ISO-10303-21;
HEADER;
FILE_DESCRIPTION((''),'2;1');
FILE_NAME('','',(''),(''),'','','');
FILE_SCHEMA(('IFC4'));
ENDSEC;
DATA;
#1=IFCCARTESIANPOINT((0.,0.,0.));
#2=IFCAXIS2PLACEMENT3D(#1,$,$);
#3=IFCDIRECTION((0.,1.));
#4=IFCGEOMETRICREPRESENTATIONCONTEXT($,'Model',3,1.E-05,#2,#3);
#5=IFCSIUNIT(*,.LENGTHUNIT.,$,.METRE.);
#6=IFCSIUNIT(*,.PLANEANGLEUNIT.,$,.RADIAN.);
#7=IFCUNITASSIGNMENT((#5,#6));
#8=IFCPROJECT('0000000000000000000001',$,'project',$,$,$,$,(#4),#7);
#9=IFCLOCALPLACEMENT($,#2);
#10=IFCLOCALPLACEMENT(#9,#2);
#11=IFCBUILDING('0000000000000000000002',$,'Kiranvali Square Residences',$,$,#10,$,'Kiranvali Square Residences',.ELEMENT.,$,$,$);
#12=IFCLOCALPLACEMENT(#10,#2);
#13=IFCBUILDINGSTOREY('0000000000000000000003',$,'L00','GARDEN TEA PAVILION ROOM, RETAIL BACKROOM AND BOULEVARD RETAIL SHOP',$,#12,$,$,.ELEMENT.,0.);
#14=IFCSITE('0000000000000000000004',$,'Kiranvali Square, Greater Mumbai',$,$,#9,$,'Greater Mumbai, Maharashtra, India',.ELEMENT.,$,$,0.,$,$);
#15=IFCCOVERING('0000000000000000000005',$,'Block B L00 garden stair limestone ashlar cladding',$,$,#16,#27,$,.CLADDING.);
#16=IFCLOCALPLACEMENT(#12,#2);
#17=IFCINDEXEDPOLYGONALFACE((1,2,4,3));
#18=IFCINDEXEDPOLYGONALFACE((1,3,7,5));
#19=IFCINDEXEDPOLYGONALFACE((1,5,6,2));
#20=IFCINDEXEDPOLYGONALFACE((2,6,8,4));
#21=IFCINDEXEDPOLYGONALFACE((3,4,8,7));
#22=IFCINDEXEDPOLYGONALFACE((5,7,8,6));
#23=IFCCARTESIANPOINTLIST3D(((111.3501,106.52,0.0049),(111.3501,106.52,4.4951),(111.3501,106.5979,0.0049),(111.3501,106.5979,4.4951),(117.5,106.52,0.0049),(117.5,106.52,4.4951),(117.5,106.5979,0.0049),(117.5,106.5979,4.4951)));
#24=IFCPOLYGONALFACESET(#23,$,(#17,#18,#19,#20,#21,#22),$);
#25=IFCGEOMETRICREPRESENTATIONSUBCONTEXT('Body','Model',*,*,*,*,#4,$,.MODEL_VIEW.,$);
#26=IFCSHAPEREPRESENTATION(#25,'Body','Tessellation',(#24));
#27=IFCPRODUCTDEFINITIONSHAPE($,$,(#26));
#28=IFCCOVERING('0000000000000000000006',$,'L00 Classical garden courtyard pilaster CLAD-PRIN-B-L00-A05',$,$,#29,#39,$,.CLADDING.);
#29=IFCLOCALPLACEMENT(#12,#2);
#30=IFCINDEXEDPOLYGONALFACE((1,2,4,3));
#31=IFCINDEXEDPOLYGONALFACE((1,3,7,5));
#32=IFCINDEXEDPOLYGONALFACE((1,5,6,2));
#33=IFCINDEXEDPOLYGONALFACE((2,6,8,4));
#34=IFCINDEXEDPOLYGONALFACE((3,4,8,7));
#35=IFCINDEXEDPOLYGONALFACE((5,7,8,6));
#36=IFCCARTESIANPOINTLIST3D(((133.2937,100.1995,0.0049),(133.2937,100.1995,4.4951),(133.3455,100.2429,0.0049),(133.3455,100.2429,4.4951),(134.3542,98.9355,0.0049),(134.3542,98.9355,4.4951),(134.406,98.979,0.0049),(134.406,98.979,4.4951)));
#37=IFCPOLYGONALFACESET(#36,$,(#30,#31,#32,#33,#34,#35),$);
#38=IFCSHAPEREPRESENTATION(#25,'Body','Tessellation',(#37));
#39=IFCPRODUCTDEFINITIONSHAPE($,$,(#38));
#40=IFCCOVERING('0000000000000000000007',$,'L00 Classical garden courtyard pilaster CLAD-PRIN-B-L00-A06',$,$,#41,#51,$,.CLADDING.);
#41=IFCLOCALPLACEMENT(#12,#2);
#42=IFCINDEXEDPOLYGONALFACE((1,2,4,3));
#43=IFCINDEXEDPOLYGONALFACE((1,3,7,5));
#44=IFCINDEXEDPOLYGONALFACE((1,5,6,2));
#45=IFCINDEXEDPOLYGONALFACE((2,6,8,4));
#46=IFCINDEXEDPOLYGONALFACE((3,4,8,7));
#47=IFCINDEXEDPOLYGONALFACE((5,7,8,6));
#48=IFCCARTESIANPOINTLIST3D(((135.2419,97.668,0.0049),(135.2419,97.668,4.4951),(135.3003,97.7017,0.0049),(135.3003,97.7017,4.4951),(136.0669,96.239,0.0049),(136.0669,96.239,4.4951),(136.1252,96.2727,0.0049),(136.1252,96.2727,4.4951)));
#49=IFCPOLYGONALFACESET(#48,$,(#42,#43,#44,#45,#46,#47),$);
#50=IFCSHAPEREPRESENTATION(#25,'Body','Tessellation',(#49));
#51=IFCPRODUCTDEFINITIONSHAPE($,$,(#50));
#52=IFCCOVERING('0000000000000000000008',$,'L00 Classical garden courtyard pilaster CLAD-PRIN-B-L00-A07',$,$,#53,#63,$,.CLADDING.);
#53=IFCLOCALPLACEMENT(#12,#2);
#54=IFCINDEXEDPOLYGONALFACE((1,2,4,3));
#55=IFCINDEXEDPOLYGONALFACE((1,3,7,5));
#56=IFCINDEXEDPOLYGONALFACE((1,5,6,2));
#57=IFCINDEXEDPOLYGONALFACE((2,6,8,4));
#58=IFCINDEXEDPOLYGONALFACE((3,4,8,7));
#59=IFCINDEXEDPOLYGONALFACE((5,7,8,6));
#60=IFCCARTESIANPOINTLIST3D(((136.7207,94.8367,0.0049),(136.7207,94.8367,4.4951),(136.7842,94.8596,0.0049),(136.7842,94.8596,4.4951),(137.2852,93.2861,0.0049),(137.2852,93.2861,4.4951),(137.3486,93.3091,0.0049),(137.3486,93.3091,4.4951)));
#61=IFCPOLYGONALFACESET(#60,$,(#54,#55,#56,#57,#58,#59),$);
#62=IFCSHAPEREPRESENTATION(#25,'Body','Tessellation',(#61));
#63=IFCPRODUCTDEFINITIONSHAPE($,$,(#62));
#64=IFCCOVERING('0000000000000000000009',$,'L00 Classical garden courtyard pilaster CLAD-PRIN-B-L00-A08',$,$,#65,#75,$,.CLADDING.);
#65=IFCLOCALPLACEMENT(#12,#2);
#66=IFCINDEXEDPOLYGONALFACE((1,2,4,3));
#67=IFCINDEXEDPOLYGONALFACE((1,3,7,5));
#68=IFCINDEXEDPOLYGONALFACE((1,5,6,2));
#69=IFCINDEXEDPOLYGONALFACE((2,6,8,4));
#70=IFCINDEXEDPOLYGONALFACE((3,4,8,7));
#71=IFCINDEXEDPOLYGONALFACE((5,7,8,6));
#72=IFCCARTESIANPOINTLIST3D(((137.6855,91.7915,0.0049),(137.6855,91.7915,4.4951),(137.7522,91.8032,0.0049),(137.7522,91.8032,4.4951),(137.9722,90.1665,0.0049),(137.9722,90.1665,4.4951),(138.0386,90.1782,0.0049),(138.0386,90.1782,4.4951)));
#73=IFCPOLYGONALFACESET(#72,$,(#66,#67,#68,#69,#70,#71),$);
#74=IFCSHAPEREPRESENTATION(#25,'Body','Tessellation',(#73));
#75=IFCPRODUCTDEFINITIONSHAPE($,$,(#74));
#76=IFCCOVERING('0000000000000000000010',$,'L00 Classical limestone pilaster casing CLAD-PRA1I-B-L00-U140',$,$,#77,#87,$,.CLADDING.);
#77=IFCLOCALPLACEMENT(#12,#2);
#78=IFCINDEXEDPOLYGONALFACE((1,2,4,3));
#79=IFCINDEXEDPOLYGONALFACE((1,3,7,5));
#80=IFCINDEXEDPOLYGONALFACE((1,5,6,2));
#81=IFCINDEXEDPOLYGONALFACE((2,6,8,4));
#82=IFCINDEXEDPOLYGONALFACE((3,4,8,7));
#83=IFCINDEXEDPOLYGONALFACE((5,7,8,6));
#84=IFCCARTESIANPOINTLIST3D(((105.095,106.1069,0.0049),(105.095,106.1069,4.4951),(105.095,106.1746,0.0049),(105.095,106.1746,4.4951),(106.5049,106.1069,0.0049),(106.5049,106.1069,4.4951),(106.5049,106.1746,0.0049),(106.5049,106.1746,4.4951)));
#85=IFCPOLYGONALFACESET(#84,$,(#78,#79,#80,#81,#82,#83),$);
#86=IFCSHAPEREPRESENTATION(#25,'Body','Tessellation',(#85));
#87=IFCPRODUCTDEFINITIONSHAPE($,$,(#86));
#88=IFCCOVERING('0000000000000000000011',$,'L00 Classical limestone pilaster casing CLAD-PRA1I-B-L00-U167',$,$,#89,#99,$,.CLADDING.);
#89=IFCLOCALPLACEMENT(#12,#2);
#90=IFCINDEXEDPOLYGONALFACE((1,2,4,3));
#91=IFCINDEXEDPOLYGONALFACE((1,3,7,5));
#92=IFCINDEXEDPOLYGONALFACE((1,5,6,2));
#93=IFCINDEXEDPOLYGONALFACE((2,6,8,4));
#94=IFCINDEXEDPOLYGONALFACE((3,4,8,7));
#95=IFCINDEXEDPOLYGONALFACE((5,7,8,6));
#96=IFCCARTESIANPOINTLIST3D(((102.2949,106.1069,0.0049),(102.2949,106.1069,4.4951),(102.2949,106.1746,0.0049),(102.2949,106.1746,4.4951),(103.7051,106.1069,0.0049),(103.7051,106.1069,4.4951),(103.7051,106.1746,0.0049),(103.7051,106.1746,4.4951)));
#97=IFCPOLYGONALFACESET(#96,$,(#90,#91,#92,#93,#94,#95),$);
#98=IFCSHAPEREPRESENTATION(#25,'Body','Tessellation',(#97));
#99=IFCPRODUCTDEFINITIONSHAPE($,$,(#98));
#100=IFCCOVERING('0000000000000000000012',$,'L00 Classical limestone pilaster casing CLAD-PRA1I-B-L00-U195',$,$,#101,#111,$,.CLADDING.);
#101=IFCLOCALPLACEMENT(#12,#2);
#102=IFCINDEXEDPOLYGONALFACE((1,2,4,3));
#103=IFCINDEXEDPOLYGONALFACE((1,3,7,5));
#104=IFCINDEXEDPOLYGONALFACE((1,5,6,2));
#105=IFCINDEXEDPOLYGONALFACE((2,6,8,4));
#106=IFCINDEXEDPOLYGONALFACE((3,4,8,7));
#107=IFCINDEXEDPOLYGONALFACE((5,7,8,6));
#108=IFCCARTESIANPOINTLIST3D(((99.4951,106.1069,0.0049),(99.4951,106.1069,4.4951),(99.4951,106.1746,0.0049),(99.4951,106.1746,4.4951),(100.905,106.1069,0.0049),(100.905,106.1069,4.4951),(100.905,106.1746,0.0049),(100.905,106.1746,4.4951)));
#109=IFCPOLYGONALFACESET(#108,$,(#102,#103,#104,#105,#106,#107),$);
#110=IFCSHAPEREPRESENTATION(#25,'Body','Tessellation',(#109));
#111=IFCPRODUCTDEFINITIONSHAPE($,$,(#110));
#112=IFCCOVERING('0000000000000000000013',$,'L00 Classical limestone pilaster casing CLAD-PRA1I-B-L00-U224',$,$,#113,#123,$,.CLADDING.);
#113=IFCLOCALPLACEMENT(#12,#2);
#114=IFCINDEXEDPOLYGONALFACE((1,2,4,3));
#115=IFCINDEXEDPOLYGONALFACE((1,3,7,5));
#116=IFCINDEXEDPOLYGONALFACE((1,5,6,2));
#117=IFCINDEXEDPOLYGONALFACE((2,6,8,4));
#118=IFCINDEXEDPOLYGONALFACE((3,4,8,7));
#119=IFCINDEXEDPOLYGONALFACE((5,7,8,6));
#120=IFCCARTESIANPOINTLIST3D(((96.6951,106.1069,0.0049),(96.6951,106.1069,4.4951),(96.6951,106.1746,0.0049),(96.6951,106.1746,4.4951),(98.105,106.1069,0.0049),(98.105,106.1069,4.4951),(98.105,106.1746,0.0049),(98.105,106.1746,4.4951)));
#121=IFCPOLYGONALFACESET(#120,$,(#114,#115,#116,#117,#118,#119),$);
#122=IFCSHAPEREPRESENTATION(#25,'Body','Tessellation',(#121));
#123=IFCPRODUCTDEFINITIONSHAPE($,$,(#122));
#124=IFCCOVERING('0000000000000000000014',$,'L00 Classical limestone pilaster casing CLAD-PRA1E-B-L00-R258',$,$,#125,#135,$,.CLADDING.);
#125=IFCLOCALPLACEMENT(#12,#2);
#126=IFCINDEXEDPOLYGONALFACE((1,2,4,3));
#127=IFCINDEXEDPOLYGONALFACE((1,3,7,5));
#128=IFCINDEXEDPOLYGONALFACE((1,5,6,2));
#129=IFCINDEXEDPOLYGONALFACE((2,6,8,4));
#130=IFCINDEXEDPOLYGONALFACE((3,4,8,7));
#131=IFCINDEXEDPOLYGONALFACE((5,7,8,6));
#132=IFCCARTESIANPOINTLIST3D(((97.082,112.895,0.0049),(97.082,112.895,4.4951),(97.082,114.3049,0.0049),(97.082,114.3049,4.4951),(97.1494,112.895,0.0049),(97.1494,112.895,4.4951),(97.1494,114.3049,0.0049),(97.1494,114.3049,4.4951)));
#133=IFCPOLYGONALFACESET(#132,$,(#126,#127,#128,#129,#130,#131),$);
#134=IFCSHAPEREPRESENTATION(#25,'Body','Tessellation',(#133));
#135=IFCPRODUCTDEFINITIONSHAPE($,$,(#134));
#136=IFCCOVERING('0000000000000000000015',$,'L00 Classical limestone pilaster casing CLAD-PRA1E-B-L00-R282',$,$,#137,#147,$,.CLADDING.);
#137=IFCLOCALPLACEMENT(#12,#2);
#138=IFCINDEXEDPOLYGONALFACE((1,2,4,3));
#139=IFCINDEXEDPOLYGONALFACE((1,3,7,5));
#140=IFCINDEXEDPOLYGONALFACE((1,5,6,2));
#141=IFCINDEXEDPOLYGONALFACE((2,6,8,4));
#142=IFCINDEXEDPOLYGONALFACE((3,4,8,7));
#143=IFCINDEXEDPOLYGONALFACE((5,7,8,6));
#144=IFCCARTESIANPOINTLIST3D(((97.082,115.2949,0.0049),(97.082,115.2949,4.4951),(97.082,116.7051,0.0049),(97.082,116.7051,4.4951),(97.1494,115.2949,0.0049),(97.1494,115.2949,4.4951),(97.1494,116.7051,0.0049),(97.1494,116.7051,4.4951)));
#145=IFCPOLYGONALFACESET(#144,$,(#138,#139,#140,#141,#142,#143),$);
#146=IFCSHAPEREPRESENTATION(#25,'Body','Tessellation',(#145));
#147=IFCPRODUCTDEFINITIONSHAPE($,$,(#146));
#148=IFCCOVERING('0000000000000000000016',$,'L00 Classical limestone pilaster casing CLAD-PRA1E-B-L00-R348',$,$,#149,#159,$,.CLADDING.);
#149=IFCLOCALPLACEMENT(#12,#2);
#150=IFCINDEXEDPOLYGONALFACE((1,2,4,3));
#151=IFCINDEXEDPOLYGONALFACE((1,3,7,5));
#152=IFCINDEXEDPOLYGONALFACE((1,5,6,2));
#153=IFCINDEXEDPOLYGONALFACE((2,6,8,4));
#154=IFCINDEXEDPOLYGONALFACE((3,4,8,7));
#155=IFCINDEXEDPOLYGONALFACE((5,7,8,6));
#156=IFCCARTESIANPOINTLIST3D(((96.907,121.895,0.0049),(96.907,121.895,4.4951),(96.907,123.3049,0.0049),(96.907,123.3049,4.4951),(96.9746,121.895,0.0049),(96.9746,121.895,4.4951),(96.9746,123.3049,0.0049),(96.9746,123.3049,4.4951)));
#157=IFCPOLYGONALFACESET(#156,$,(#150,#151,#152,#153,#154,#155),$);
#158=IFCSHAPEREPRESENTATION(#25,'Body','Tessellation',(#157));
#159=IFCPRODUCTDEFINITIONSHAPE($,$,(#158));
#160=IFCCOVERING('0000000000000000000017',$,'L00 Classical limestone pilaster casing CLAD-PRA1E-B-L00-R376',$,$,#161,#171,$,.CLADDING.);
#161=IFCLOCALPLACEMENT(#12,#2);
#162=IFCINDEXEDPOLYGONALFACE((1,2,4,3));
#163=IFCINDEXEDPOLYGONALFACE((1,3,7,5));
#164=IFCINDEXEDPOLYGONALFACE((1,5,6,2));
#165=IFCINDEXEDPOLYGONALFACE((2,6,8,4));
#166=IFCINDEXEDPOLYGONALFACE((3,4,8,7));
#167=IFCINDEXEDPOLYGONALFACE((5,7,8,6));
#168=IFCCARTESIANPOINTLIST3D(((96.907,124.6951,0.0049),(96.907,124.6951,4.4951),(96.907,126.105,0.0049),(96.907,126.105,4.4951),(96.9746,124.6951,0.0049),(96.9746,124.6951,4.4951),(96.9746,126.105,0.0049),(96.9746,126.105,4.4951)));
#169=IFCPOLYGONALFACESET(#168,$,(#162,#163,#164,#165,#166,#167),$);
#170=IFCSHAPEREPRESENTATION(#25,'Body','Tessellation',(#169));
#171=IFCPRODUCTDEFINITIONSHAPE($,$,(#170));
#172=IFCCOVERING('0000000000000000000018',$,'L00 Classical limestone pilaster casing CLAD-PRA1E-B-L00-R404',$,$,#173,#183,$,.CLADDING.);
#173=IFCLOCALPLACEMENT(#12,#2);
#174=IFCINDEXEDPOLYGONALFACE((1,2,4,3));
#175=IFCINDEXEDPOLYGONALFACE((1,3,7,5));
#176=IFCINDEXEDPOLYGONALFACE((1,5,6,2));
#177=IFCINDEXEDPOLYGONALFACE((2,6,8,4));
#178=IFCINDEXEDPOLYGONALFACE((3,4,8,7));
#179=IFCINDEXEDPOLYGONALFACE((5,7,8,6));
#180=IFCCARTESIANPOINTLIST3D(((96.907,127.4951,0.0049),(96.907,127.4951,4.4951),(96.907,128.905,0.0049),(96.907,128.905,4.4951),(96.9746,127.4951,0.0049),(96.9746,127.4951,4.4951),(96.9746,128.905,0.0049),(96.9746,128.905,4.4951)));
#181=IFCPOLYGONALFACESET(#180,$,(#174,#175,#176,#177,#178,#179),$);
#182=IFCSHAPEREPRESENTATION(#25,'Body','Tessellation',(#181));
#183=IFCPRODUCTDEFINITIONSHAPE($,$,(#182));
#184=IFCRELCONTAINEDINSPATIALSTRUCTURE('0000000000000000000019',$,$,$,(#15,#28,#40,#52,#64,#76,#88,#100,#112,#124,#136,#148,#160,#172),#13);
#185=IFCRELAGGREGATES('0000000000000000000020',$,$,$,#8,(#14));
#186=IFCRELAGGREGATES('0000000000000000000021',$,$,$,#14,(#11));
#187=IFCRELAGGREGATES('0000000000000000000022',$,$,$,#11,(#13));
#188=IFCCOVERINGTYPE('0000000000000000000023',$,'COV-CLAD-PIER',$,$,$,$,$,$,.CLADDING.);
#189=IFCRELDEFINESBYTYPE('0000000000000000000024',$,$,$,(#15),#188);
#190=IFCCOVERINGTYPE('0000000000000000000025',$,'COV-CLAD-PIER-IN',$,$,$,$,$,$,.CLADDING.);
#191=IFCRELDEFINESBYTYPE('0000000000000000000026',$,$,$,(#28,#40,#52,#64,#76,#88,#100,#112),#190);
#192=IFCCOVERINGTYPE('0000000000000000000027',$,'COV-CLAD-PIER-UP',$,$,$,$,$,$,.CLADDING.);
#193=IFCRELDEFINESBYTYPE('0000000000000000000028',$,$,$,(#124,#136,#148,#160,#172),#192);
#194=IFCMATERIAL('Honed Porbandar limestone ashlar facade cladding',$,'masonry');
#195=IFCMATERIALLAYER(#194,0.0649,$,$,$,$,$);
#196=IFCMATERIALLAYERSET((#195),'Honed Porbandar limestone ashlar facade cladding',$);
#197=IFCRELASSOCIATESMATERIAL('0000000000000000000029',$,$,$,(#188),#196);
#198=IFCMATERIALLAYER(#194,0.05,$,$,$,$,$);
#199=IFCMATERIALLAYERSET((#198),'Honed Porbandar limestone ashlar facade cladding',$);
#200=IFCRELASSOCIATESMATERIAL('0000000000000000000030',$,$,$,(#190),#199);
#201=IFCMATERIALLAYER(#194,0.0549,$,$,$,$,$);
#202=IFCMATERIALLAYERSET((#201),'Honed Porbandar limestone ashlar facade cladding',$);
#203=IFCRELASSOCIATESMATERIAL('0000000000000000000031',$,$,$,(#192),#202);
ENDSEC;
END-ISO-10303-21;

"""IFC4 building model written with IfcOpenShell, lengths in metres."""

from ifc_helpers import new_model, si_unit, direction, frame, origin, place, context, subcontext, project, spatial, polyline, outline, extrude, material, layer, layer_set, type_object, element, save


model = new_model("IFC4")

# Units and contexts
model_context = context("Model", 3, precision=1e-05, world=origin(), true_north=direction((0.0, 1.0)))
body_context = subcontext(model_context, "Body", "Model", "MODEL_VIEW")
ifc_project = project(units=[si_unit("LENGTHUNIT", "METRE"), si_unit("PLANEANGLEUNIT", "RADIAN")], contexts=[model_context])

# Site, building, storey
site_placement = place(None, origin())
site = spatial("IfcSite", under=ifc_project, at=site_placement, Name="Kiranvali Square, Greater Mumbai", LongName="Greater Mumbai, Maharashtra, India", CompositionType="ELEMENT", RefElevation=0.0)
building_placement = place(site_placement, origin())
building = spatial("IfcBuilding", under=site, at=building_placement, Name="Kiranvali Square Residences", LongName="Kiranvali Square Residences", CompositionType="ELEMENT")
storey_placement = place(building_placement, origin())
storey = spatial("IfcBuildingStorey", under=building, at=storey_placement, Name="L00", Description="GARDEN TEA PAVILION ROOM, RETAIL BACKROOM AND BOULEVARD RETAIL SHOP", CompositionType="ELEMENT", Elevation=0.0)

# Coverings
ifc_material_1 = material(Name="Honed Porbandar limestone ashlar facade cladding", Category="masonry")
ifc_layer_1 = layer(ifc_material_1, 0.0649)
ifc_layer_set_1 = layer_set([ifc_layer_1], Name="Honed Porbandar limestone ashlar facade cladding")
covering_type_1 = type_object("IfcCoveringType", Name="COV-CLAD-PIER", PredefinedType="CLADDING", material=ifc_layer_set_1)
covering_1_placement = place(storey_placement, frame((0.0, 0.0, 0.0049)))
element("IfcCovering", 1, at=covering_1_placement, inside=storey, type_object=covering_type_1, Name="Block B L00 garden stair limestone ashlar cladding", PredefinedType="CLADDING", context=body_context, shape_type="SweptSolid", body=[
    extrude(outline(polyline([(117.5, 106.5979), (111.3501, 106.5979), (111.3501, 106.52), (117.5, 106.52), (117.5, 106.5979)])), origin(), (0.0, 0.0, 1.0), 4.4902),
])
ifc_layer_2 = layer(ifc_material_1, 0.05)
ifc_layer_set_2 = layer_set([ifc_layer_2], Name="Honed Porbandar limestone ashlar facade cladding")
covering_type_2 = type_object("IfcCoveringType", Name="COV-CLAD-PIER-IN", PredefinedType="CLADDING", material=ifc_layer_set_2)
covering_2_placement = place(storey_placement, frame((0.0, 0.0, 0.0049)))
element("IfcCovering", 2, at=covering_2_placement, inside=storey, type_object=covering_type_2, Name="L00 Classical garden courtyard pilaster CLAD-PRIN-B-L00-A05", PredefinedType="CLADDING", context=body_context, shape_type="SweptSolid", body=[
    extrude(outline(polyline([(133.2937, 100.1995), (134.3542, 98.9355), (134.406, 98.979), (133.3455, 100.2429), (133.2937, 100.1995)])), origin(), (0.0, 0.0, 1.0), 4.4902),
])
covering_3_placement = place(storey_placement, frame((0.0, 0.0, 0.0049)))
element("IfcCovering", 3, at=covering_3_placement, inside=storey, type_object=covering_type_2, Name="L00 Classical garden courtyard pilaster CLAD-PRIN-B-L00-A06", PredefinedType="CLADDING", context=body_context, shape_type="SweptSolid", body=[
    extrude(outline(polyline([(135.2419, 97.668), (136.0669, 96.239), (136.1252, 96.2727), (135.3003, 97.7017), (135.2419, 97.668)])), origin(), (0.0, 0.0, 1.0), 4.4902),
])
covering_4_placement = place(storey_placement, frame((0.0, 0.0, 0.0049)))
element("IfcCovering", 4, at=covering_4_placement, inside=storey, type_object=covering_type_2, Name="L00 Classical garden courtyard pilaster CLAD-PRIN-B-L00-A07", PredefinedType="CLADDING", context=body_context, shape_type="SweptSolid", body=[
    extrude(outline(polyline([(136.7207, 94.8367), (137.2852, 93.2861), (137.3486, 93.3091), (136.7842, 94.8596), (136.7207, 94.8367)])), origin(), (0.0, 0.0, 1.0), 4.4902),
])
covering_5_placement = place(storey_placement, frame((0.0, 0.0, 0.0049)))
element("IfcCovering", 5, at=covering_5_placement, inside=storey, type_object=covering_type_2, Name="L00 Classical garden courtyard pilaster CLAD-PRIN-B-L00-A08", PredefinedType="CLADDING", context=body_context, shape_type="SweptSolid", body=[
    extrude(outline(polyline([(137.6855, 91.7915), (137.9722, 90.1665), (138.0386, 90.1782), (137.7522, 91.8032), (137.6855, 91.7915)])), origin(), (0.0, 0.0, 1.0), 4.4902),
])
covering_6_placement = place(storey_placement, frame((0.0, 0.0, 0.0049)))
element("IfcCovering", 6, at=covering_6_placement, inside=storey, type_object=covering_type_2, Name="L00 Classical limestone pilaster casing CLAD-PRA1I-B-L00-U140", PredefinedType="CLADDING", context=body_context, shape_type="SweptSolid", body=[
    extrude(outline(polyline([(106.5049, 106.1746), (105.095, 106.1746), (105.095, 106.1069), (106.5049, 106.1069), (106.5049, 106.1746)])), origin(), (0.0, 0.0, 1.0), 4.4902),
])
covering_7_placement = place(storey_placement, frame((0.0, 0.0, 0.0049)))
element("IfcCovering", 7, at=covering_7_placement, inside=storey, type_object=covering_type_2, Name="L00 Classical limestone pilaster casing CLAD-PRA1I-B-L00-U167", PredefinedType="CLADDING", context=body_context, shape_type="SweptSolid", body=[
    extrude(outline(polyline([(103.7051, 106.1746), (102.2949, 106.1746), (102.2949, 106.1069), (103.7051, 106.1069), (103.7051, 106.1746)])), origin(), (0.0, 0.0, 1.0), 4.4902),
])
covering_8_placement = place(storey_placement, frame((0.0, 0.0, 0.0049)))
element("IfcCovering", 8, at=covering_8_placement, inside=storey, type_object=covering_type_2, Name="L00 Classical limestone pilaster casing CLAD-PRA1I-B-L00-U195", PredefinedType="CLADDING", context=body_context, shape_type="SweptSolid", body=[
    extrude(outline(polyline([(100.905, 106.1746), (99.4951, 106.1746), (99.4951, 106.1069), (100.905, 106.1069), (100.905, 106.1746)])), origin(), (0.0, 0.0, 1.0), 4.4902),
])
covering_9_placement = place(storey_placement, frame((0.0, 0.0, 0.0049)))
element("IfcCovering", 9, at=covering_9_placement, inside=storey, type_object=covering_type_2, Name="L00 Classical limestone pilaster casing CLAD-PRA1I-B-L00-U224", PredefinedType="CLADDING", context=body_context, shape_type="SweptSolid", body=[
    extrude(outline(polyline([(98.105, 106.1746), (96.6951, 106.1746), (96.6951, 106.1069), (98.105, 106.1069), (98.105, 106.1746)])), origin(), (0.0, 0.0, 1.0), 4.4902),
])
ifc_layer_3 = layer(ifc_material_1, 0.0549)
ifc_layer_set_3 = layer_set([ifc_layer_3], Name="Honed Porbandar limestone ashlar facade cladding")
covering_type_3 = type_object("IfcCoveringType", Name="COV-CLAD-PIER-UP", PredefinedType="CLADDING", material=ifc_layer_set_3)
covering_10_placement = place(storey_placement, frame((0.0, 0.0, 0.0049)))
element("IfcCovering", 10, at=covering_10_placement, inside=storey, type_object=covering_type_3, Name="L00 Classical limestone pilaster casing CLAD-PRA1E-B-L00-R258", PredefinedType="CLADDING", context=body_context, shape_type="SweptSolid", body=[
    extrude(outline(polyline([(97.1494, 112.895), (97.1494, 114.3049), (97.082, 114.3049), (97.082, 112.895), (97.1494, 112.895)])), origin(), (0.0, 0.0, 1.0), 4.4902),
])
covering_11_placement = place(storey_placement, frame((0.0, 0.0, 0.0049)))
element("IfcCovering", 11, at=covering_11_placement, inside=storey, type_object=covering_type_3, Name="L00 Classical limestone pilaster casing CLAD-PRA1E-B-L00-R282", PredefinedType="CLADDING", context=body_context, shape_type="SweptSolid", body=[
    extrude(outline(polyline([(97.1494, 115.2949), (97.1494, 116.7051), (97.082, 116.7051), (97.082, 115.2949), (97.1494, 115.2949)])), origin(), (0.0, 0.0, 1.0), 4.4902),
])
covering_12_placement = place(storey_placement, frame((0.0, 0.0, 0.0049)))
element("IfcCovering", 12, at=covering_12_placement, inside=storey, type_object=covering_type_3, Name="L00 Classical limestone pilaster casing CLAD-PRA1E-B-L00-R348", PredefinedType="CLADDING", context=body_context, shape_type="SweptSolid", body=[
    extrude(outline(polyline([(96.9746, 121.895), (96.9746, 123.3049), (96.907, 123.3049), (96.907, 121.895), (96.9746, 121.895)])), origin(), (0.0, 0.0, 1.0), 4.4902),
])
covering_13_placement = place(storey_placement, frame((0.0, 0.0, 0.0049)))
element("IfcCovering", 13, at=covering_13_placement, inside=storey, type_object=covering_type_3, Name="L00 Classical limestone pilaster casing CLAD-PRA1E-B-L00-R376", PredefinedType="CLADDING", context=body_context, shape_type="SweptSolid", body=[
    extrude(outline(polyline([(96.9746, 124.6951), (96.9746, 126.105), (96.907, 126.105), (96.907, 124.6951), (96.9746, 124.6951)])), origin(), (0.0, 0.0, 1.0), 4.4902),
])
covering_14_placement = place(storey_placement, frame((0.0, 0.0, 0.0049)))
element("IfcCovering", 14, at=covering_14_placement, inside=storey, type_object=covering_type_3, Name="L00 Classical limestone pilaster casing CLAD-PRA1E-B-L00-R404", PredefinedType="CLADDING", context=body_context, shape_type="SweptSolid", body=[
    extrude(outline(polyline([(96.9746, 127.4951), (96.9746, 128.905), (96.907, 128.905), (96.907, 127.4951), (96.9746, 127.4951)])), origin(), (0.0, 0.0, 1.0), 4.4902),
])

save(model, "model.ifc")
